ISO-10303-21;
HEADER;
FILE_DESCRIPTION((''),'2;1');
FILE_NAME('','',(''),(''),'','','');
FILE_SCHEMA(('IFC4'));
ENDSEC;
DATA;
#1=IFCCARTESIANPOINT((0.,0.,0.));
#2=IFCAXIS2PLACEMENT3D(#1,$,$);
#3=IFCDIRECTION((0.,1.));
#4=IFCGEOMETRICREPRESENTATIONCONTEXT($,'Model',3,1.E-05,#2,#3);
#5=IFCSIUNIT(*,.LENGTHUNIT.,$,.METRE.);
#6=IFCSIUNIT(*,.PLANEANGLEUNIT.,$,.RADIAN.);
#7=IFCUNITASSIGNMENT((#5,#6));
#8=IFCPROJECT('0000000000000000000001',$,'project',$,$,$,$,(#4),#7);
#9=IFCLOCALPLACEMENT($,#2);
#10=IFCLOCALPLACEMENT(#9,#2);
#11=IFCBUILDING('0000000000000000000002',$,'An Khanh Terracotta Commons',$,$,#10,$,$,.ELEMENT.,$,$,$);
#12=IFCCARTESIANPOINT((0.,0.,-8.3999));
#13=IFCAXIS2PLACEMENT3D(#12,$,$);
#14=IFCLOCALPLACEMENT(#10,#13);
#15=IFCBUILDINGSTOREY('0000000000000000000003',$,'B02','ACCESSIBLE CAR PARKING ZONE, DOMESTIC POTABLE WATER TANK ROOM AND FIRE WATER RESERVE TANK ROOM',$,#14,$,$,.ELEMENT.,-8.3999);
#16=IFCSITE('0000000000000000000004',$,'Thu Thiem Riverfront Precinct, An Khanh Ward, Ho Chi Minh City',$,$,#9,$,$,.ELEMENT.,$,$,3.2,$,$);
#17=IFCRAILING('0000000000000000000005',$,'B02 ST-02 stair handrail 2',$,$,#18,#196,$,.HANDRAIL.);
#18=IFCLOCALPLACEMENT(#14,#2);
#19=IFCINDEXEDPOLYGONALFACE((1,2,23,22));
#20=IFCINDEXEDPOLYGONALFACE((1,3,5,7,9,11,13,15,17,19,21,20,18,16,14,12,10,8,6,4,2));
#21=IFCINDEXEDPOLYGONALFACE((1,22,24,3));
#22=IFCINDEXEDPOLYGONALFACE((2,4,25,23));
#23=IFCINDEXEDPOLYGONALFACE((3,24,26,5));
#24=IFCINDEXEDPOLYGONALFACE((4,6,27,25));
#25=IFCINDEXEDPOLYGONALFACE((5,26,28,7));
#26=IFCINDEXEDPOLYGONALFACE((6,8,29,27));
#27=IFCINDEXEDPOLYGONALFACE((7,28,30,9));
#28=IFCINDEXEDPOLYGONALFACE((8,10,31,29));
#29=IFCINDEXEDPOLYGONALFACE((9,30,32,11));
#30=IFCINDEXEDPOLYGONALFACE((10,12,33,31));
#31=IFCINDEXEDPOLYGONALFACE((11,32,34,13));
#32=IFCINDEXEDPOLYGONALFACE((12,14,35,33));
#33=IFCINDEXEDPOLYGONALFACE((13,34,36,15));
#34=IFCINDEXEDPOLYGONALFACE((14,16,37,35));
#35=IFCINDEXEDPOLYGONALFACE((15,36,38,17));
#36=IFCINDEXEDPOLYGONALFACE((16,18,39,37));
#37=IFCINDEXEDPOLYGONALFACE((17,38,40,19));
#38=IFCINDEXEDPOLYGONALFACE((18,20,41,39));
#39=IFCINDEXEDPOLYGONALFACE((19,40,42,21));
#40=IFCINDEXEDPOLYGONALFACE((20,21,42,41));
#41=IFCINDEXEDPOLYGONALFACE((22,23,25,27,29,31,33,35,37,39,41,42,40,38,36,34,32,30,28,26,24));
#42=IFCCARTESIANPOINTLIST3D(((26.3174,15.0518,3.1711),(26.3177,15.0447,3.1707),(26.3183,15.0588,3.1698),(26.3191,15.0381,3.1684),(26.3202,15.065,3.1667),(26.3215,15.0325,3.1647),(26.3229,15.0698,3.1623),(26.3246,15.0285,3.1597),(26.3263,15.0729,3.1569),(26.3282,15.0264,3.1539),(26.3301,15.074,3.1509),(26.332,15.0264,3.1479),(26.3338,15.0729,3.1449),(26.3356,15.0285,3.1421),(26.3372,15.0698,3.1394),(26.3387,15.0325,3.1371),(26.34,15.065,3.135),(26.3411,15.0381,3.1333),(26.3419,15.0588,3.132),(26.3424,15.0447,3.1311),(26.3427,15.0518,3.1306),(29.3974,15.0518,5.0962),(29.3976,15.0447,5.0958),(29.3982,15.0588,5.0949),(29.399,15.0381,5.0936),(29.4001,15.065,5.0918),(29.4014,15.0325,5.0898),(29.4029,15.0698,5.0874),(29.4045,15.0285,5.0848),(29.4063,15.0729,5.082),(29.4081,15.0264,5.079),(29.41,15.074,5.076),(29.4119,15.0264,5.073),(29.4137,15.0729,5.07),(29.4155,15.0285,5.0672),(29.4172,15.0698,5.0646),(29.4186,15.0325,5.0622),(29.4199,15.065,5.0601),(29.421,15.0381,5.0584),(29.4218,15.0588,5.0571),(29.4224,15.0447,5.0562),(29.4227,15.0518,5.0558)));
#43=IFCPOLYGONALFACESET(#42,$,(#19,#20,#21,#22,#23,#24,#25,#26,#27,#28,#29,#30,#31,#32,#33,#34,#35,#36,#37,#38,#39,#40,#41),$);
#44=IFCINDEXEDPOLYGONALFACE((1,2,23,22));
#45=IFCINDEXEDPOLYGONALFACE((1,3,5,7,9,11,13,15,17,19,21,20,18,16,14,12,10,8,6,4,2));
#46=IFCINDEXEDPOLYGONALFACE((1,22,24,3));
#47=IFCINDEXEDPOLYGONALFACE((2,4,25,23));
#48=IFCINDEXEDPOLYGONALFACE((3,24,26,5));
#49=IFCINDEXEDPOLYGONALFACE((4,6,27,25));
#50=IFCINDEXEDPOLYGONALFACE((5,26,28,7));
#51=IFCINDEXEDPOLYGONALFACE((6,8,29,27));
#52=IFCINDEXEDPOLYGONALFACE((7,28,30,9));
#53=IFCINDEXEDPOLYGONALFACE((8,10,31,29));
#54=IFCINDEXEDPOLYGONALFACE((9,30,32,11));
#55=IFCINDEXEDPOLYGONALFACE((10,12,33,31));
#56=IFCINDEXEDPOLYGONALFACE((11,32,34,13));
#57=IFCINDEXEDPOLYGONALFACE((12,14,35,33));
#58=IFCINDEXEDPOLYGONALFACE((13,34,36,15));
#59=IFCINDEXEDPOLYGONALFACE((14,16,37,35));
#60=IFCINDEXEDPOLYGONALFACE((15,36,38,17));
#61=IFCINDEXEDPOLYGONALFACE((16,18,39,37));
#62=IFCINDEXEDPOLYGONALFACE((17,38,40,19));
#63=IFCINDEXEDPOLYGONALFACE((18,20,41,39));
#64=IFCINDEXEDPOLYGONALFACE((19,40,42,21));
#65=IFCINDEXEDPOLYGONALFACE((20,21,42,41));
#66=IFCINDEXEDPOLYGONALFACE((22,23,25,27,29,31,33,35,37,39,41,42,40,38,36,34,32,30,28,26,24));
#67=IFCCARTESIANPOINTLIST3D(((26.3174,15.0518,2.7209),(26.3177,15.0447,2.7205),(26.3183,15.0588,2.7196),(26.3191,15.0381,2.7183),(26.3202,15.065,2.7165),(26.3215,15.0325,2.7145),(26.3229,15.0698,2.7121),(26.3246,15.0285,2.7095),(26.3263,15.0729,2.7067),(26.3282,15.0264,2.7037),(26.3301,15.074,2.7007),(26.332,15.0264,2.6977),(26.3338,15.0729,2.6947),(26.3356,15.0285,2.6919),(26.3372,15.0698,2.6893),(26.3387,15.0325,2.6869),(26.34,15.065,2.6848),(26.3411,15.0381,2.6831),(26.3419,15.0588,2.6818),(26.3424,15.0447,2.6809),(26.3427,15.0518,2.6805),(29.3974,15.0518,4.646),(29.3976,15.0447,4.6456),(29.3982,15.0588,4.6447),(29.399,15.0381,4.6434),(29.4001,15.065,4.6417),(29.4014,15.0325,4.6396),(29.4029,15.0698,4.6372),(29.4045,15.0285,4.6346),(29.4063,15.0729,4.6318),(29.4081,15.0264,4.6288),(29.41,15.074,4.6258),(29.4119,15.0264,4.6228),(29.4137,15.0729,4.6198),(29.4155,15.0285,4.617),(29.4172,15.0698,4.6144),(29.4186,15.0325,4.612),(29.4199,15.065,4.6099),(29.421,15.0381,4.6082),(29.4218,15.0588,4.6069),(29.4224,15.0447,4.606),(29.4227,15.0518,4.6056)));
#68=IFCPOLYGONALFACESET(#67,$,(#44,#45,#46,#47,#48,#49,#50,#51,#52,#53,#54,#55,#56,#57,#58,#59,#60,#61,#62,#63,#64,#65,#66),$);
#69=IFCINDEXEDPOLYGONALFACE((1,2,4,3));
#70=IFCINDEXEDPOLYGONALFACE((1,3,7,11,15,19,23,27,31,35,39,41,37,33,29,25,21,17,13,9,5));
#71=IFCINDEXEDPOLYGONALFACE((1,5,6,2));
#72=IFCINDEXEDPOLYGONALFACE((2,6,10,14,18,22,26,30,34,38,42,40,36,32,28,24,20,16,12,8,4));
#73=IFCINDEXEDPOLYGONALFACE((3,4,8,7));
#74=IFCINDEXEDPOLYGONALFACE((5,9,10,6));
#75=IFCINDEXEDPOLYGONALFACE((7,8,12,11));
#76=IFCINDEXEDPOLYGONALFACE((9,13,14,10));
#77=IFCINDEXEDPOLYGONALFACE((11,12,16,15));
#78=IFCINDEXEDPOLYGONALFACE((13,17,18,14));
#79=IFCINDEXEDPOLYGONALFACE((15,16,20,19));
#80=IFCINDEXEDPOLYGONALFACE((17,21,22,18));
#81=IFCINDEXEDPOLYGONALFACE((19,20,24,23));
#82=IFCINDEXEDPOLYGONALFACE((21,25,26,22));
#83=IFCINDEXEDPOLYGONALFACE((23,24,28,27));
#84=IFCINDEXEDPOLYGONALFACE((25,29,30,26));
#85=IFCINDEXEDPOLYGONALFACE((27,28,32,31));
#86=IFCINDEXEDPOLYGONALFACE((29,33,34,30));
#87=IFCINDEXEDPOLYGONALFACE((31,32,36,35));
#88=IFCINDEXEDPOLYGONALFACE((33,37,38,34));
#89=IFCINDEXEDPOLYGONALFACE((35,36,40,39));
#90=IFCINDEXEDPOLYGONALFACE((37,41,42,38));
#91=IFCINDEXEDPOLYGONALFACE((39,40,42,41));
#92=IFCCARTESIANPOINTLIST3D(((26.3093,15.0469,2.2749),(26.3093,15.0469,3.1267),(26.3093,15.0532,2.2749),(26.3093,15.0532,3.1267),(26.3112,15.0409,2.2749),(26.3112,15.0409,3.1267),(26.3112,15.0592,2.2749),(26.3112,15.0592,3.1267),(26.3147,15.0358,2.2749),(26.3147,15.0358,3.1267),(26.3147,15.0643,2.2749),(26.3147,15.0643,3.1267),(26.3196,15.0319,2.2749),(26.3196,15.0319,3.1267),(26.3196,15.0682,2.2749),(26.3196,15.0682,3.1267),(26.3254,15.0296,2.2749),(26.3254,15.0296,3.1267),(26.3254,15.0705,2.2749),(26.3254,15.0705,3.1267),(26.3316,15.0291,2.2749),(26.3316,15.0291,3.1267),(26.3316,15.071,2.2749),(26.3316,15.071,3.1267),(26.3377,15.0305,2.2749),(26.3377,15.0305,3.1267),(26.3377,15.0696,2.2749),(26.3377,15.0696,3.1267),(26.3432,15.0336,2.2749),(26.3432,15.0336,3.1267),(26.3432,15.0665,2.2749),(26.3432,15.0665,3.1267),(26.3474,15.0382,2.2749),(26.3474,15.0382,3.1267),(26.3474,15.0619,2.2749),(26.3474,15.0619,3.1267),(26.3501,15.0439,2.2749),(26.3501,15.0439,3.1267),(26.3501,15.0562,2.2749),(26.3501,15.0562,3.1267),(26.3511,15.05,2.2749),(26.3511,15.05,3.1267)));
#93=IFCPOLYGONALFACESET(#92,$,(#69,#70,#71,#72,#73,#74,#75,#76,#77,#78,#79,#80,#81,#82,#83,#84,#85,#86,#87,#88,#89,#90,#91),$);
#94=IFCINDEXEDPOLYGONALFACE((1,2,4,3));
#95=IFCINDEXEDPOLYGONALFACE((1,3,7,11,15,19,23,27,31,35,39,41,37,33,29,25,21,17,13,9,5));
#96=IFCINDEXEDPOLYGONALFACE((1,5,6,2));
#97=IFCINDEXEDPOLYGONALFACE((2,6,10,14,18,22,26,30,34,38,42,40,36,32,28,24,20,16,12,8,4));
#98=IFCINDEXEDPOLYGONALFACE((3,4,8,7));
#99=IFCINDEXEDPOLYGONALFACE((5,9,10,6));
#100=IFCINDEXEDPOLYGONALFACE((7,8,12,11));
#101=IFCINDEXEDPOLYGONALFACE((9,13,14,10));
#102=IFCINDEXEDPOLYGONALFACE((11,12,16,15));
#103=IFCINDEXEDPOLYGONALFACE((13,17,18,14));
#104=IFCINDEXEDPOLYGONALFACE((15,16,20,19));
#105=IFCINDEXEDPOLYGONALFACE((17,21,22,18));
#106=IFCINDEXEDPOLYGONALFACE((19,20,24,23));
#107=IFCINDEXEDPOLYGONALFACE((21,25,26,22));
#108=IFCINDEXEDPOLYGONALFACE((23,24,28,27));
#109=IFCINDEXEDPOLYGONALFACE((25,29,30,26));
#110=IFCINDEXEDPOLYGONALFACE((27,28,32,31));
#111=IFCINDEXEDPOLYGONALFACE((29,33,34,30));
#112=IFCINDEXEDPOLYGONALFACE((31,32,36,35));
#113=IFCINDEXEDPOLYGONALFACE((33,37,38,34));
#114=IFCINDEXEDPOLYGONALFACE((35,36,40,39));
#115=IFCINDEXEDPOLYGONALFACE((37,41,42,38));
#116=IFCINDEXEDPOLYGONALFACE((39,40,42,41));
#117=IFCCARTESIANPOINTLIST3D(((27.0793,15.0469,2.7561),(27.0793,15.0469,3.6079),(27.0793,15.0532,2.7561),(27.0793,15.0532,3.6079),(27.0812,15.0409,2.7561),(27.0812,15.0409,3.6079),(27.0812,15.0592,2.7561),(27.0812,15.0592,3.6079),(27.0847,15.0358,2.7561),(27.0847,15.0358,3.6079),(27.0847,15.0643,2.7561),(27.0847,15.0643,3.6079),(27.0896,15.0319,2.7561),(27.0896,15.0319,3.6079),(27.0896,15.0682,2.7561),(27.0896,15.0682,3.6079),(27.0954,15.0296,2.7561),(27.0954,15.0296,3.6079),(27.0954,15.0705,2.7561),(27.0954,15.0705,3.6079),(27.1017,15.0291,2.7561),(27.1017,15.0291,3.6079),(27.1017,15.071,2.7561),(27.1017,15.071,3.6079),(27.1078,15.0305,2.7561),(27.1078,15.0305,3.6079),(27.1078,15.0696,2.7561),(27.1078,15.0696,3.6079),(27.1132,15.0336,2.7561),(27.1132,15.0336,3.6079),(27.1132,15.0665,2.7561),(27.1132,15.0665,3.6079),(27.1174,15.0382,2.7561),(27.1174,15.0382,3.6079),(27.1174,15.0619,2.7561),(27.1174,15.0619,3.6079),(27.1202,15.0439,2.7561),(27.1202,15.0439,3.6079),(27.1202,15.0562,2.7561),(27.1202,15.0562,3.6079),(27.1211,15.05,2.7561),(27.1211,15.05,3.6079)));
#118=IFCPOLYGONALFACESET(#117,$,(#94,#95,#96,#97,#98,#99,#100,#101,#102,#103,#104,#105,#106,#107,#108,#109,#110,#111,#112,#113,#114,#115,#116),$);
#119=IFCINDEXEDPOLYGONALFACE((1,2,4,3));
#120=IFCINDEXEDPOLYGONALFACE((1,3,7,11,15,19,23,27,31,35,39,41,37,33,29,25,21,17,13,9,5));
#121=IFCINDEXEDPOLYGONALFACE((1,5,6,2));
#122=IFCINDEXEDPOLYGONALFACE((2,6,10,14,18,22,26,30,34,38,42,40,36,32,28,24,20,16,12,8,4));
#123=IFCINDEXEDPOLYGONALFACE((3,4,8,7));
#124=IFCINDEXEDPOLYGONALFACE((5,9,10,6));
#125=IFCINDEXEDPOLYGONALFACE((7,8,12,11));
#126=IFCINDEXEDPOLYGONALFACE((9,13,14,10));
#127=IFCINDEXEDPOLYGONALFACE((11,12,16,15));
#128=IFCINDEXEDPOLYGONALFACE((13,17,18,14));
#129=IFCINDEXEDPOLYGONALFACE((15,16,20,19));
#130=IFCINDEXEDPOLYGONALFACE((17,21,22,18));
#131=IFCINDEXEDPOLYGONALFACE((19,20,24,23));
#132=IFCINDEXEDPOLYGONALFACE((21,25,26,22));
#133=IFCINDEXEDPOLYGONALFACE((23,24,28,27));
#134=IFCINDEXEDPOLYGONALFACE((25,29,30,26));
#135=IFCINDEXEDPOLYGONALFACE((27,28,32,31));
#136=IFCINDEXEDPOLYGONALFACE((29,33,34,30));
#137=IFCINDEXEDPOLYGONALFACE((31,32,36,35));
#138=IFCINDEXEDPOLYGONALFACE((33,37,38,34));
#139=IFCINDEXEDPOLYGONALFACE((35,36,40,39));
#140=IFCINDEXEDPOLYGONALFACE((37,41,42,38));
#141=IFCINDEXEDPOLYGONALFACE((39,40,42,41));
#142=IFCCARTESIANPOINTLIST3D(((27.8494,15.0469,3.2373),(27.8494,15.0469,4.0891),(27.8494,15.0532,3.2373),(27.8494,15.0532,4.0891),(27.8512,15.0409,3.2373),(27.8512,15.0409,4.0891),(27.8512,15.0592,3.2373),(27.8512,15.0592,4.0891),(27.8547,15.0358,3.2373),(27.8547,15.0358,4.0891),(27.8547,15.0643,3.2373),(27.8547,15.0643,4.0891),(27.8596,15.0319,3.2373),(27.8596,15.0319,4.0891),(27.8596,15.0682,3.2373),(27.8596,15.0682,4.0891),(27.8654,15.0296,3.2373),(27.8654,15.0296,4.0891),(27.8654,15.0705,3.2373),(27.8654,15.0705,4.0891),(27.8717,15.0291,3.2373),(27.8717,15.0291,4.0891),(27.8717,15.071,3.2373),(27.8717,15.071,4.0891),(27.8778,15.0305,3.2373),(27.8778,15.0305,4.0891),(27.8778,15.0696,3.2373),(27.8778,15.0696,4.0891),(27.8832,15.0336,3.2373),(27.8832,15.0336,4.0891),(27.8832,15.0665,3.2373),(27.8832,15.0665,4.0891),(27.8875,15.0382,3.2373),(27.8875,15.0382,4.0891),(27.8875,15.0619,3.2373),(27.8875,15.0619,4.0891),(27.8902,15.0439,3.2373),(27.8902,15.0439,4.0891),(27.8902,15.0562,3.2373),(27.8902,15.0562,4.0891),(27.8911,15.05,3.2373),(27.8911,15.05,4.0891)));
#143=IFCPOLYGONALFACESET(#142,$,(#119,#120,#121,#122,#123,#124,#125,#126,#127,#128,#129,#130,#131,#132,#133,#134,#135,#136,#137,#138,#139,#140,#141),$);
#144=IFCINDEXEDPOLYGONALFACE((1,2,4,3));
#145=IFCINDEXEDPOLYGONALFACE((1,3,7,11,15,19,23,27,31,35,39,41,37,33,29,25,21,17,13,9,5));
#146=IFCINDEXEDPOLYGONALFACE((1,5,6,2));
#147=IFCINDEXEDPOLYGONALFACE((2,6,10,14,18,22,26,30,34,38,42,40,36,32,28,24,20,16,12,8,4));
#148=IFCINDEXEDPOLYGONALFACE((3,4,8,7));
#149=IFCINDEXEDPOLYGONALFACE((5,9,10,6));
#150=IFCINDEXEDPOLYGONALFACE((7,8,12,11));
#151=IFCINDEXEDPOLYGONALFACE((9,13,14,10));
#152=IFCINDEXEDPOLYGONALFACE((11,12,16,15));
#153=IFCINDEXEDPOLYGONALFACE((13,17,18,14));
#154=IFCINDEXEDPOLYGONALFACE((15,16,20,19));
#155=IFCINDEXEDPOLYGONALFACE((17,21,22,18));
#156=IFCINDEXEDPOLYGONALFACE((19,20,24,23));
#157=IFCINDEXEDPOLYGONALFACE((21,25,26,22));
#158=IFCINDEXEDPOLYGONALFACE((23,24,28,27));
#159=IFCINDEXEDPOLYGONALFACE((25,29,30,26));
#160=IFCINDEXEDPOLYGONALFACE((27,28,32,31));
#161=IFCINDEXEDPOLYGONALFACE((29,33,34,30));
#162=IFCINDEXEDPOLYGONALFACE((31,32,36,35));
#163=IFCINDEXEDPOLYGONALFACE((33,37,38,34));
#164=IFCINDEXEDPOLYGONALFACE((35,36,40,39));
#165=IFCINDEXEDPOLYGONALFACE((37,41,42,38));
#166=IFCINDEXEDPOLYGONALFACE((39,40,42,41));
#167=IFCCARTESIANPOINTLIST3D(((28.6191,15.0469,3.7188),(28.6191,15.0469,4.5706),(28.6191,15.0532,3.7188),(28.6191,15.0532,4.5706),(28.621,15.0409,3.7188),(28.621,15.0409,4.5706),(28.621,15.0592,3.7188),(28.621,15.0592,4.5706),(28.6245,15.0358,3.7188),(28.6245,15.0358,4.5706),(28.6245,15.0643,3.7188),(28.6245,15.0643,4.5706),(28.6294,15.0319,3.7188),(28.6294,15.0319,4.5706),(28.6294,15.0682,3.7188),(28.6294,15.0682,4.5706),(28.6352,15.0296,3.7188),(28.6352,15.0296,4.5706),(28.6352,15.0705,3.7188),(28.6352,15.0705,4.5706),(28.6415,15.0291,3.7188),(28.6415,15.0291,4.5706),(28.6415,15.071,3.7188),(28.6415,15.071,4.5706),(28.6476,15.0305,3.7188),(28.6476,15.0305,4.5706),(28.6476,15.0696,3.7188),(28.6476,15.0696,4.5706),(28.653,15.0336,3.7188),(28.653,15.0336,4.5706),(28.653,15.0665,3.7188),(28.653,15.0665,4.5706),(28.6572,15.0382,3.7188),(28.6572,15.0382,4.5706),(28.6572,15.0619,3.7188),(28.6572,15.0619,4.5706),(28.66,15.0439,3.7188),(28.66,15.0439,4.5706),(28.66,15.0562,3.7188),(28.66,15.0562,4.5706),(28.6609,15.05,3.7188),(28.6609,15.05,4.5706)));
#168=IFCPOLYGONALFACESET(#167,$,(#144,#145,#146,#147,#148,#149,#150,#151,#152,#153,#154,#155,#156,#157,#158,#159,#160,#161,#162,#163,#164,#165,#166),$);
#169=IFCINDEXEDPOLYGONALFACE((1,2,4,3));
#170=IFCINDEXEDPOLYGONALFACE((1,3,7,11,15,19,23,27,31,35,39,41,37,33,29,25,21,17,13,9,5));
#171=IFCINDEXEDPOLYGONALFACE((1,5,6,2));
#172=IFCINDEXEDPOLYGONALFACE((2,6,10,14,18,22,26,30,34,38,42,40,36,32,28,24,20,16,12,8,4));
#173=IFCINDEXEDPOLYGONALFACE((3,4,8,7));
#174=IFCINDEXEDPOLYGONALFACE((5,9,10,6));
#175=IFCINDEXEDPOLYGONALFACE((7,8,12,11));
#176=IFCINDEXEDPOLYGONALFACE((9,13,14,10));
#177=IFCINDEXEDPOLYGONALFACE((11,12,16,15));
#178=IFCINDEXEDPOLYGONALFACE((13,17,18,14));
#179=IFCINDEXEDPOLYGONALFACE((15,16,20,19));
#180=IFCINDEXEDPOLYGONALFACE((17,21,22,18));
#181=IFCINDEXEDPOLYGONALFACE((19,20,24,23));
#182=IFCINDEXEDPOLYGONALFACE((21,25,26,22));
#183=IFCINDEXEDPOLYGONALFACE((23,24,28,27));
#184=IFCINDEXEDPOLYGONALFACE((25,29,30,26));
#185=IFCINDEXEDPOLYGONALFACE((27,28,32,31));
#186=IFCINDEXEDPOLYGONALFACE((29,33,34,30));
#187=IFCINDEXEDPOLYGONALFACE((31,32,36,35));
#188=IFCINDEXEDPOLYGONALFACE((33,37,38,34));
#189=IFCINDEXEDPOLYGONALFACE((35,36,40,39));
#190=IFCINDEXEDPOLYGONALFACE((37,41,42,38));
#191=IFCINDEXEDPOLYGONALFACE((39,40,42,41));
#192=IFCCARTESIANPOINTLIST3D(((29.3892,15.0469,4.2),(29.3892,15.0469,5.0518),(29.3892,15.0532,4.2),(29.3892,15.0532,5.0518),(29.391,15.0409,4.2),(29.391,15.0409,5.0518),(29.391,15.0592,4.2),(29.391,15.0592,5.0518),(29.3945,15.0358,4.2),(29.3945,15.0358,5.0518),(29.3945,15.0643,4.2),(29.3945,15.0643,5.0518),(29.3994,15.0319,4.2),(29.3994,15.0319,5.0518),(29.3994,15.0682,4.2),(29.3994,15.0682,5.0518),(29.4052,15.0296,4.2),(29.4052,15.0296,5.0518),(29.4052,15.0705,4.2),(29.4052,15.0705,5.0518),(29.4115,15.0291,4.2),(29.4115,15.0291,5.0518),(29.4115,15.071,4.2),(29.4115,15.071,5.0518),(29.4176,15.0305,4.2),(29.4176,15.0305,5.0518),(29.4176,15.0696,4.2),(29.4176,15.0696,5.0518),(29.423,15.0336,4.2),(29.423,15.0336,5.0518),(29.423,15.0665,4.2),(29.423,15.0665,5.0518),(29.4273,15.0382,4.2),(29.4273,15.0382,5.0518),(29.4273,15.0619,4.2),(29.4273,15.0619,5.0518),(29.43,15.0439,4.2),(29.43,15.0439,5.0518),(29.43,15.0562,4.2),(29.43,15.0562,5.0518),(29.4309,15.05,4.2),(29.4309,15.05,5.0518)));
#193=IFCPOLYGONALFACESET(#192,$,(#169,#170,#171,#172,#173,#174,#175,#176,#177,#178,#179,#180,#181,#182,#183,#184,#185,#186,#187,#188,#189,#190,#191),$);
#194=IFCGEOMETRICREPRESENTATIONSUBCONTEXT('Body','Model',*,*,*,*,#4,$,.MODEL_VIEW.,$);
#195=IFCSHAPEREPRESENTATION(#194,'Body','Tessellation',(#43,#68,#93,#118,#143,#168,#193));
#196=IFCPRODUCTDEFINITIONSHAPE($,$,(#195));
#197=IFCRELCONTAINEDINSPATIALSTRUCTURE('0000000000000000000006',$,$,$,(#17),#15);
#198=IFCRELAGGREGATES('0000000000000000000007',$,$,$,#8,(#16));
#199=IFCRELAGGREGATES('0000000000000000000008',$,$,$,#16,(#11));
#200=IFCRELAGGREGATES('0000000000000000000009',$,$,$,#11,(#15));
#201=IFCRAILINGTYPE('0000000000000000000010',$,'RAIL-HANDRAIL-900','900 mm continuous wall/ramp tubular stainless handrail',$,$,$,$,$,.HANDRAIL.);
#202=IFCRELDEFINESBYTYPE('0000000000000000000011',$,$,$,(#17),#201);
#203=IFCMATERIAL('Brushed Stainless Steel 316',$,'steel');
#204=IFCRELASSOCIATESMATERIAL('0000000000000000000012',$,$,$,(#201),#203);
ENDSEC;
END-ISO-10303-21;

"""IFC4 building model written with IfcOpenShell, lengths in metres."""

from ifc_helpers import new_model, si_unit, direction, frame, origin, origin_2d, place, context, subcontext, project, spatial, circle, extrude, material, type_object, element, save


model = new_model("IFC4")

# Units and contexts
model_context = context("Model", 3, precision=1e-05, world=origin(), true_north=direction((0.0, 1.0)))
body_context = subcontext(model_context, "Body", "Model", "MODEL_VIEW")
ifc_project = project(units=[si_unit("LENGTHUNIT", "METRE"), si_unit("PLANEANGLEUNIT", "RADIAN")], contexts=[model_context])

# Site, building, storey
site_placement = place(None, origin())
site = spatial("IfcSite", under=ifc_project, at=site_placement, Name="Thu Thiem Riverfront Precinct, An Khanh Ward, Ho Chi Minh City", CompositionType="ELEMENT", RefElevation=3.2)
building_placement = place(site_placement, origin())
building = spatial("IfcBuilding", under=site, at=building_placement, Name="An Khanh Terracotta Commons", CompositionType="ELEMENT")
storey_placement = place(building_placement, frame((0.0, 0.0, -8.3999)))
storey = spatial("IfcBuildingStorey", under=building, at=storey_placement, Name="B02", Description="ACCESSIBLE CAR PARKING ZONE, DOMESTIC POTABLE WATER TANK ROOM AND FIRE WATER RESERVE TANK ROOM", CompositionType="ELEMENT", Elevation=-8.3999)

# Railing
ifc_material_1 = material(Name="Brushed Stainless Steel 316", Category="steel")
railing_type_1 = type_object("IfcRailingType", Name="RAIL-HANDRAIL-900", Description="900 mm continuous wall/ramp tubular stainless handrail", PredefinedType="HANDRAIL", material=ifc_material_1)
railing_1_placement = place(storey_placement, frame((26.3301, 15.05, 2.2749)))
element("IfcRailing", 1, at=railing_1_placement, inside=storey, type_object=railing_type_1, Name="B02 ST-02 stair handrail 2", PredefinedType="HANDRAIL", context=body_context, shape_type="SweptSolid", body=[
    extrude(circle(Radius=0.0239, at=origin_2d()), frame((0.0, 0.0, 0.876), z_axis=(0.847979, 0.0, 0.530029), x_axis=(0.0, 1.0, 0.0)), (0.0, 0.0, 1.0), 3.6321),
    extrude(circle(Radius=0.0239, at=origin_2d()), frame((0.0, 0.0, 0.4258), z_axis=(0.847979, 0.0, 0.530029), x_axis=(0.0, 1.0, 0.0)), (0.0, 0.0, 1.0), 3.6321),
    extrude(circle(Radius=0.021, at=origin_2d()), origin(), (0.0, 0.0, 1.0), 0.8518),
    extrude(circle(Radius=0.021, at=origin_2d()), frame((0.77, 0.0, 0.4812)), (0.0, 0.0, 1.0), 0.8518),
    extrude(circle(Radius=0.021, at=origin_2d()), frame((1.54, 0.0, 0.9624)), (0.0, 0.0, 1.0), 0.8518),
    extrude(circle(Radius=0.021, at=origin_2d()), frame((2.3098, 0.0, 1.4438)), (0.0, 0.0, 1.0), 0.8518),
    extrude(circle(Radius=0.021, at=origin_2d()), frame((3.0798, 0.0, 1.925)), (0.0, 0.0, 1.0), 0.8518),
])

save(model, "model.ifc")
